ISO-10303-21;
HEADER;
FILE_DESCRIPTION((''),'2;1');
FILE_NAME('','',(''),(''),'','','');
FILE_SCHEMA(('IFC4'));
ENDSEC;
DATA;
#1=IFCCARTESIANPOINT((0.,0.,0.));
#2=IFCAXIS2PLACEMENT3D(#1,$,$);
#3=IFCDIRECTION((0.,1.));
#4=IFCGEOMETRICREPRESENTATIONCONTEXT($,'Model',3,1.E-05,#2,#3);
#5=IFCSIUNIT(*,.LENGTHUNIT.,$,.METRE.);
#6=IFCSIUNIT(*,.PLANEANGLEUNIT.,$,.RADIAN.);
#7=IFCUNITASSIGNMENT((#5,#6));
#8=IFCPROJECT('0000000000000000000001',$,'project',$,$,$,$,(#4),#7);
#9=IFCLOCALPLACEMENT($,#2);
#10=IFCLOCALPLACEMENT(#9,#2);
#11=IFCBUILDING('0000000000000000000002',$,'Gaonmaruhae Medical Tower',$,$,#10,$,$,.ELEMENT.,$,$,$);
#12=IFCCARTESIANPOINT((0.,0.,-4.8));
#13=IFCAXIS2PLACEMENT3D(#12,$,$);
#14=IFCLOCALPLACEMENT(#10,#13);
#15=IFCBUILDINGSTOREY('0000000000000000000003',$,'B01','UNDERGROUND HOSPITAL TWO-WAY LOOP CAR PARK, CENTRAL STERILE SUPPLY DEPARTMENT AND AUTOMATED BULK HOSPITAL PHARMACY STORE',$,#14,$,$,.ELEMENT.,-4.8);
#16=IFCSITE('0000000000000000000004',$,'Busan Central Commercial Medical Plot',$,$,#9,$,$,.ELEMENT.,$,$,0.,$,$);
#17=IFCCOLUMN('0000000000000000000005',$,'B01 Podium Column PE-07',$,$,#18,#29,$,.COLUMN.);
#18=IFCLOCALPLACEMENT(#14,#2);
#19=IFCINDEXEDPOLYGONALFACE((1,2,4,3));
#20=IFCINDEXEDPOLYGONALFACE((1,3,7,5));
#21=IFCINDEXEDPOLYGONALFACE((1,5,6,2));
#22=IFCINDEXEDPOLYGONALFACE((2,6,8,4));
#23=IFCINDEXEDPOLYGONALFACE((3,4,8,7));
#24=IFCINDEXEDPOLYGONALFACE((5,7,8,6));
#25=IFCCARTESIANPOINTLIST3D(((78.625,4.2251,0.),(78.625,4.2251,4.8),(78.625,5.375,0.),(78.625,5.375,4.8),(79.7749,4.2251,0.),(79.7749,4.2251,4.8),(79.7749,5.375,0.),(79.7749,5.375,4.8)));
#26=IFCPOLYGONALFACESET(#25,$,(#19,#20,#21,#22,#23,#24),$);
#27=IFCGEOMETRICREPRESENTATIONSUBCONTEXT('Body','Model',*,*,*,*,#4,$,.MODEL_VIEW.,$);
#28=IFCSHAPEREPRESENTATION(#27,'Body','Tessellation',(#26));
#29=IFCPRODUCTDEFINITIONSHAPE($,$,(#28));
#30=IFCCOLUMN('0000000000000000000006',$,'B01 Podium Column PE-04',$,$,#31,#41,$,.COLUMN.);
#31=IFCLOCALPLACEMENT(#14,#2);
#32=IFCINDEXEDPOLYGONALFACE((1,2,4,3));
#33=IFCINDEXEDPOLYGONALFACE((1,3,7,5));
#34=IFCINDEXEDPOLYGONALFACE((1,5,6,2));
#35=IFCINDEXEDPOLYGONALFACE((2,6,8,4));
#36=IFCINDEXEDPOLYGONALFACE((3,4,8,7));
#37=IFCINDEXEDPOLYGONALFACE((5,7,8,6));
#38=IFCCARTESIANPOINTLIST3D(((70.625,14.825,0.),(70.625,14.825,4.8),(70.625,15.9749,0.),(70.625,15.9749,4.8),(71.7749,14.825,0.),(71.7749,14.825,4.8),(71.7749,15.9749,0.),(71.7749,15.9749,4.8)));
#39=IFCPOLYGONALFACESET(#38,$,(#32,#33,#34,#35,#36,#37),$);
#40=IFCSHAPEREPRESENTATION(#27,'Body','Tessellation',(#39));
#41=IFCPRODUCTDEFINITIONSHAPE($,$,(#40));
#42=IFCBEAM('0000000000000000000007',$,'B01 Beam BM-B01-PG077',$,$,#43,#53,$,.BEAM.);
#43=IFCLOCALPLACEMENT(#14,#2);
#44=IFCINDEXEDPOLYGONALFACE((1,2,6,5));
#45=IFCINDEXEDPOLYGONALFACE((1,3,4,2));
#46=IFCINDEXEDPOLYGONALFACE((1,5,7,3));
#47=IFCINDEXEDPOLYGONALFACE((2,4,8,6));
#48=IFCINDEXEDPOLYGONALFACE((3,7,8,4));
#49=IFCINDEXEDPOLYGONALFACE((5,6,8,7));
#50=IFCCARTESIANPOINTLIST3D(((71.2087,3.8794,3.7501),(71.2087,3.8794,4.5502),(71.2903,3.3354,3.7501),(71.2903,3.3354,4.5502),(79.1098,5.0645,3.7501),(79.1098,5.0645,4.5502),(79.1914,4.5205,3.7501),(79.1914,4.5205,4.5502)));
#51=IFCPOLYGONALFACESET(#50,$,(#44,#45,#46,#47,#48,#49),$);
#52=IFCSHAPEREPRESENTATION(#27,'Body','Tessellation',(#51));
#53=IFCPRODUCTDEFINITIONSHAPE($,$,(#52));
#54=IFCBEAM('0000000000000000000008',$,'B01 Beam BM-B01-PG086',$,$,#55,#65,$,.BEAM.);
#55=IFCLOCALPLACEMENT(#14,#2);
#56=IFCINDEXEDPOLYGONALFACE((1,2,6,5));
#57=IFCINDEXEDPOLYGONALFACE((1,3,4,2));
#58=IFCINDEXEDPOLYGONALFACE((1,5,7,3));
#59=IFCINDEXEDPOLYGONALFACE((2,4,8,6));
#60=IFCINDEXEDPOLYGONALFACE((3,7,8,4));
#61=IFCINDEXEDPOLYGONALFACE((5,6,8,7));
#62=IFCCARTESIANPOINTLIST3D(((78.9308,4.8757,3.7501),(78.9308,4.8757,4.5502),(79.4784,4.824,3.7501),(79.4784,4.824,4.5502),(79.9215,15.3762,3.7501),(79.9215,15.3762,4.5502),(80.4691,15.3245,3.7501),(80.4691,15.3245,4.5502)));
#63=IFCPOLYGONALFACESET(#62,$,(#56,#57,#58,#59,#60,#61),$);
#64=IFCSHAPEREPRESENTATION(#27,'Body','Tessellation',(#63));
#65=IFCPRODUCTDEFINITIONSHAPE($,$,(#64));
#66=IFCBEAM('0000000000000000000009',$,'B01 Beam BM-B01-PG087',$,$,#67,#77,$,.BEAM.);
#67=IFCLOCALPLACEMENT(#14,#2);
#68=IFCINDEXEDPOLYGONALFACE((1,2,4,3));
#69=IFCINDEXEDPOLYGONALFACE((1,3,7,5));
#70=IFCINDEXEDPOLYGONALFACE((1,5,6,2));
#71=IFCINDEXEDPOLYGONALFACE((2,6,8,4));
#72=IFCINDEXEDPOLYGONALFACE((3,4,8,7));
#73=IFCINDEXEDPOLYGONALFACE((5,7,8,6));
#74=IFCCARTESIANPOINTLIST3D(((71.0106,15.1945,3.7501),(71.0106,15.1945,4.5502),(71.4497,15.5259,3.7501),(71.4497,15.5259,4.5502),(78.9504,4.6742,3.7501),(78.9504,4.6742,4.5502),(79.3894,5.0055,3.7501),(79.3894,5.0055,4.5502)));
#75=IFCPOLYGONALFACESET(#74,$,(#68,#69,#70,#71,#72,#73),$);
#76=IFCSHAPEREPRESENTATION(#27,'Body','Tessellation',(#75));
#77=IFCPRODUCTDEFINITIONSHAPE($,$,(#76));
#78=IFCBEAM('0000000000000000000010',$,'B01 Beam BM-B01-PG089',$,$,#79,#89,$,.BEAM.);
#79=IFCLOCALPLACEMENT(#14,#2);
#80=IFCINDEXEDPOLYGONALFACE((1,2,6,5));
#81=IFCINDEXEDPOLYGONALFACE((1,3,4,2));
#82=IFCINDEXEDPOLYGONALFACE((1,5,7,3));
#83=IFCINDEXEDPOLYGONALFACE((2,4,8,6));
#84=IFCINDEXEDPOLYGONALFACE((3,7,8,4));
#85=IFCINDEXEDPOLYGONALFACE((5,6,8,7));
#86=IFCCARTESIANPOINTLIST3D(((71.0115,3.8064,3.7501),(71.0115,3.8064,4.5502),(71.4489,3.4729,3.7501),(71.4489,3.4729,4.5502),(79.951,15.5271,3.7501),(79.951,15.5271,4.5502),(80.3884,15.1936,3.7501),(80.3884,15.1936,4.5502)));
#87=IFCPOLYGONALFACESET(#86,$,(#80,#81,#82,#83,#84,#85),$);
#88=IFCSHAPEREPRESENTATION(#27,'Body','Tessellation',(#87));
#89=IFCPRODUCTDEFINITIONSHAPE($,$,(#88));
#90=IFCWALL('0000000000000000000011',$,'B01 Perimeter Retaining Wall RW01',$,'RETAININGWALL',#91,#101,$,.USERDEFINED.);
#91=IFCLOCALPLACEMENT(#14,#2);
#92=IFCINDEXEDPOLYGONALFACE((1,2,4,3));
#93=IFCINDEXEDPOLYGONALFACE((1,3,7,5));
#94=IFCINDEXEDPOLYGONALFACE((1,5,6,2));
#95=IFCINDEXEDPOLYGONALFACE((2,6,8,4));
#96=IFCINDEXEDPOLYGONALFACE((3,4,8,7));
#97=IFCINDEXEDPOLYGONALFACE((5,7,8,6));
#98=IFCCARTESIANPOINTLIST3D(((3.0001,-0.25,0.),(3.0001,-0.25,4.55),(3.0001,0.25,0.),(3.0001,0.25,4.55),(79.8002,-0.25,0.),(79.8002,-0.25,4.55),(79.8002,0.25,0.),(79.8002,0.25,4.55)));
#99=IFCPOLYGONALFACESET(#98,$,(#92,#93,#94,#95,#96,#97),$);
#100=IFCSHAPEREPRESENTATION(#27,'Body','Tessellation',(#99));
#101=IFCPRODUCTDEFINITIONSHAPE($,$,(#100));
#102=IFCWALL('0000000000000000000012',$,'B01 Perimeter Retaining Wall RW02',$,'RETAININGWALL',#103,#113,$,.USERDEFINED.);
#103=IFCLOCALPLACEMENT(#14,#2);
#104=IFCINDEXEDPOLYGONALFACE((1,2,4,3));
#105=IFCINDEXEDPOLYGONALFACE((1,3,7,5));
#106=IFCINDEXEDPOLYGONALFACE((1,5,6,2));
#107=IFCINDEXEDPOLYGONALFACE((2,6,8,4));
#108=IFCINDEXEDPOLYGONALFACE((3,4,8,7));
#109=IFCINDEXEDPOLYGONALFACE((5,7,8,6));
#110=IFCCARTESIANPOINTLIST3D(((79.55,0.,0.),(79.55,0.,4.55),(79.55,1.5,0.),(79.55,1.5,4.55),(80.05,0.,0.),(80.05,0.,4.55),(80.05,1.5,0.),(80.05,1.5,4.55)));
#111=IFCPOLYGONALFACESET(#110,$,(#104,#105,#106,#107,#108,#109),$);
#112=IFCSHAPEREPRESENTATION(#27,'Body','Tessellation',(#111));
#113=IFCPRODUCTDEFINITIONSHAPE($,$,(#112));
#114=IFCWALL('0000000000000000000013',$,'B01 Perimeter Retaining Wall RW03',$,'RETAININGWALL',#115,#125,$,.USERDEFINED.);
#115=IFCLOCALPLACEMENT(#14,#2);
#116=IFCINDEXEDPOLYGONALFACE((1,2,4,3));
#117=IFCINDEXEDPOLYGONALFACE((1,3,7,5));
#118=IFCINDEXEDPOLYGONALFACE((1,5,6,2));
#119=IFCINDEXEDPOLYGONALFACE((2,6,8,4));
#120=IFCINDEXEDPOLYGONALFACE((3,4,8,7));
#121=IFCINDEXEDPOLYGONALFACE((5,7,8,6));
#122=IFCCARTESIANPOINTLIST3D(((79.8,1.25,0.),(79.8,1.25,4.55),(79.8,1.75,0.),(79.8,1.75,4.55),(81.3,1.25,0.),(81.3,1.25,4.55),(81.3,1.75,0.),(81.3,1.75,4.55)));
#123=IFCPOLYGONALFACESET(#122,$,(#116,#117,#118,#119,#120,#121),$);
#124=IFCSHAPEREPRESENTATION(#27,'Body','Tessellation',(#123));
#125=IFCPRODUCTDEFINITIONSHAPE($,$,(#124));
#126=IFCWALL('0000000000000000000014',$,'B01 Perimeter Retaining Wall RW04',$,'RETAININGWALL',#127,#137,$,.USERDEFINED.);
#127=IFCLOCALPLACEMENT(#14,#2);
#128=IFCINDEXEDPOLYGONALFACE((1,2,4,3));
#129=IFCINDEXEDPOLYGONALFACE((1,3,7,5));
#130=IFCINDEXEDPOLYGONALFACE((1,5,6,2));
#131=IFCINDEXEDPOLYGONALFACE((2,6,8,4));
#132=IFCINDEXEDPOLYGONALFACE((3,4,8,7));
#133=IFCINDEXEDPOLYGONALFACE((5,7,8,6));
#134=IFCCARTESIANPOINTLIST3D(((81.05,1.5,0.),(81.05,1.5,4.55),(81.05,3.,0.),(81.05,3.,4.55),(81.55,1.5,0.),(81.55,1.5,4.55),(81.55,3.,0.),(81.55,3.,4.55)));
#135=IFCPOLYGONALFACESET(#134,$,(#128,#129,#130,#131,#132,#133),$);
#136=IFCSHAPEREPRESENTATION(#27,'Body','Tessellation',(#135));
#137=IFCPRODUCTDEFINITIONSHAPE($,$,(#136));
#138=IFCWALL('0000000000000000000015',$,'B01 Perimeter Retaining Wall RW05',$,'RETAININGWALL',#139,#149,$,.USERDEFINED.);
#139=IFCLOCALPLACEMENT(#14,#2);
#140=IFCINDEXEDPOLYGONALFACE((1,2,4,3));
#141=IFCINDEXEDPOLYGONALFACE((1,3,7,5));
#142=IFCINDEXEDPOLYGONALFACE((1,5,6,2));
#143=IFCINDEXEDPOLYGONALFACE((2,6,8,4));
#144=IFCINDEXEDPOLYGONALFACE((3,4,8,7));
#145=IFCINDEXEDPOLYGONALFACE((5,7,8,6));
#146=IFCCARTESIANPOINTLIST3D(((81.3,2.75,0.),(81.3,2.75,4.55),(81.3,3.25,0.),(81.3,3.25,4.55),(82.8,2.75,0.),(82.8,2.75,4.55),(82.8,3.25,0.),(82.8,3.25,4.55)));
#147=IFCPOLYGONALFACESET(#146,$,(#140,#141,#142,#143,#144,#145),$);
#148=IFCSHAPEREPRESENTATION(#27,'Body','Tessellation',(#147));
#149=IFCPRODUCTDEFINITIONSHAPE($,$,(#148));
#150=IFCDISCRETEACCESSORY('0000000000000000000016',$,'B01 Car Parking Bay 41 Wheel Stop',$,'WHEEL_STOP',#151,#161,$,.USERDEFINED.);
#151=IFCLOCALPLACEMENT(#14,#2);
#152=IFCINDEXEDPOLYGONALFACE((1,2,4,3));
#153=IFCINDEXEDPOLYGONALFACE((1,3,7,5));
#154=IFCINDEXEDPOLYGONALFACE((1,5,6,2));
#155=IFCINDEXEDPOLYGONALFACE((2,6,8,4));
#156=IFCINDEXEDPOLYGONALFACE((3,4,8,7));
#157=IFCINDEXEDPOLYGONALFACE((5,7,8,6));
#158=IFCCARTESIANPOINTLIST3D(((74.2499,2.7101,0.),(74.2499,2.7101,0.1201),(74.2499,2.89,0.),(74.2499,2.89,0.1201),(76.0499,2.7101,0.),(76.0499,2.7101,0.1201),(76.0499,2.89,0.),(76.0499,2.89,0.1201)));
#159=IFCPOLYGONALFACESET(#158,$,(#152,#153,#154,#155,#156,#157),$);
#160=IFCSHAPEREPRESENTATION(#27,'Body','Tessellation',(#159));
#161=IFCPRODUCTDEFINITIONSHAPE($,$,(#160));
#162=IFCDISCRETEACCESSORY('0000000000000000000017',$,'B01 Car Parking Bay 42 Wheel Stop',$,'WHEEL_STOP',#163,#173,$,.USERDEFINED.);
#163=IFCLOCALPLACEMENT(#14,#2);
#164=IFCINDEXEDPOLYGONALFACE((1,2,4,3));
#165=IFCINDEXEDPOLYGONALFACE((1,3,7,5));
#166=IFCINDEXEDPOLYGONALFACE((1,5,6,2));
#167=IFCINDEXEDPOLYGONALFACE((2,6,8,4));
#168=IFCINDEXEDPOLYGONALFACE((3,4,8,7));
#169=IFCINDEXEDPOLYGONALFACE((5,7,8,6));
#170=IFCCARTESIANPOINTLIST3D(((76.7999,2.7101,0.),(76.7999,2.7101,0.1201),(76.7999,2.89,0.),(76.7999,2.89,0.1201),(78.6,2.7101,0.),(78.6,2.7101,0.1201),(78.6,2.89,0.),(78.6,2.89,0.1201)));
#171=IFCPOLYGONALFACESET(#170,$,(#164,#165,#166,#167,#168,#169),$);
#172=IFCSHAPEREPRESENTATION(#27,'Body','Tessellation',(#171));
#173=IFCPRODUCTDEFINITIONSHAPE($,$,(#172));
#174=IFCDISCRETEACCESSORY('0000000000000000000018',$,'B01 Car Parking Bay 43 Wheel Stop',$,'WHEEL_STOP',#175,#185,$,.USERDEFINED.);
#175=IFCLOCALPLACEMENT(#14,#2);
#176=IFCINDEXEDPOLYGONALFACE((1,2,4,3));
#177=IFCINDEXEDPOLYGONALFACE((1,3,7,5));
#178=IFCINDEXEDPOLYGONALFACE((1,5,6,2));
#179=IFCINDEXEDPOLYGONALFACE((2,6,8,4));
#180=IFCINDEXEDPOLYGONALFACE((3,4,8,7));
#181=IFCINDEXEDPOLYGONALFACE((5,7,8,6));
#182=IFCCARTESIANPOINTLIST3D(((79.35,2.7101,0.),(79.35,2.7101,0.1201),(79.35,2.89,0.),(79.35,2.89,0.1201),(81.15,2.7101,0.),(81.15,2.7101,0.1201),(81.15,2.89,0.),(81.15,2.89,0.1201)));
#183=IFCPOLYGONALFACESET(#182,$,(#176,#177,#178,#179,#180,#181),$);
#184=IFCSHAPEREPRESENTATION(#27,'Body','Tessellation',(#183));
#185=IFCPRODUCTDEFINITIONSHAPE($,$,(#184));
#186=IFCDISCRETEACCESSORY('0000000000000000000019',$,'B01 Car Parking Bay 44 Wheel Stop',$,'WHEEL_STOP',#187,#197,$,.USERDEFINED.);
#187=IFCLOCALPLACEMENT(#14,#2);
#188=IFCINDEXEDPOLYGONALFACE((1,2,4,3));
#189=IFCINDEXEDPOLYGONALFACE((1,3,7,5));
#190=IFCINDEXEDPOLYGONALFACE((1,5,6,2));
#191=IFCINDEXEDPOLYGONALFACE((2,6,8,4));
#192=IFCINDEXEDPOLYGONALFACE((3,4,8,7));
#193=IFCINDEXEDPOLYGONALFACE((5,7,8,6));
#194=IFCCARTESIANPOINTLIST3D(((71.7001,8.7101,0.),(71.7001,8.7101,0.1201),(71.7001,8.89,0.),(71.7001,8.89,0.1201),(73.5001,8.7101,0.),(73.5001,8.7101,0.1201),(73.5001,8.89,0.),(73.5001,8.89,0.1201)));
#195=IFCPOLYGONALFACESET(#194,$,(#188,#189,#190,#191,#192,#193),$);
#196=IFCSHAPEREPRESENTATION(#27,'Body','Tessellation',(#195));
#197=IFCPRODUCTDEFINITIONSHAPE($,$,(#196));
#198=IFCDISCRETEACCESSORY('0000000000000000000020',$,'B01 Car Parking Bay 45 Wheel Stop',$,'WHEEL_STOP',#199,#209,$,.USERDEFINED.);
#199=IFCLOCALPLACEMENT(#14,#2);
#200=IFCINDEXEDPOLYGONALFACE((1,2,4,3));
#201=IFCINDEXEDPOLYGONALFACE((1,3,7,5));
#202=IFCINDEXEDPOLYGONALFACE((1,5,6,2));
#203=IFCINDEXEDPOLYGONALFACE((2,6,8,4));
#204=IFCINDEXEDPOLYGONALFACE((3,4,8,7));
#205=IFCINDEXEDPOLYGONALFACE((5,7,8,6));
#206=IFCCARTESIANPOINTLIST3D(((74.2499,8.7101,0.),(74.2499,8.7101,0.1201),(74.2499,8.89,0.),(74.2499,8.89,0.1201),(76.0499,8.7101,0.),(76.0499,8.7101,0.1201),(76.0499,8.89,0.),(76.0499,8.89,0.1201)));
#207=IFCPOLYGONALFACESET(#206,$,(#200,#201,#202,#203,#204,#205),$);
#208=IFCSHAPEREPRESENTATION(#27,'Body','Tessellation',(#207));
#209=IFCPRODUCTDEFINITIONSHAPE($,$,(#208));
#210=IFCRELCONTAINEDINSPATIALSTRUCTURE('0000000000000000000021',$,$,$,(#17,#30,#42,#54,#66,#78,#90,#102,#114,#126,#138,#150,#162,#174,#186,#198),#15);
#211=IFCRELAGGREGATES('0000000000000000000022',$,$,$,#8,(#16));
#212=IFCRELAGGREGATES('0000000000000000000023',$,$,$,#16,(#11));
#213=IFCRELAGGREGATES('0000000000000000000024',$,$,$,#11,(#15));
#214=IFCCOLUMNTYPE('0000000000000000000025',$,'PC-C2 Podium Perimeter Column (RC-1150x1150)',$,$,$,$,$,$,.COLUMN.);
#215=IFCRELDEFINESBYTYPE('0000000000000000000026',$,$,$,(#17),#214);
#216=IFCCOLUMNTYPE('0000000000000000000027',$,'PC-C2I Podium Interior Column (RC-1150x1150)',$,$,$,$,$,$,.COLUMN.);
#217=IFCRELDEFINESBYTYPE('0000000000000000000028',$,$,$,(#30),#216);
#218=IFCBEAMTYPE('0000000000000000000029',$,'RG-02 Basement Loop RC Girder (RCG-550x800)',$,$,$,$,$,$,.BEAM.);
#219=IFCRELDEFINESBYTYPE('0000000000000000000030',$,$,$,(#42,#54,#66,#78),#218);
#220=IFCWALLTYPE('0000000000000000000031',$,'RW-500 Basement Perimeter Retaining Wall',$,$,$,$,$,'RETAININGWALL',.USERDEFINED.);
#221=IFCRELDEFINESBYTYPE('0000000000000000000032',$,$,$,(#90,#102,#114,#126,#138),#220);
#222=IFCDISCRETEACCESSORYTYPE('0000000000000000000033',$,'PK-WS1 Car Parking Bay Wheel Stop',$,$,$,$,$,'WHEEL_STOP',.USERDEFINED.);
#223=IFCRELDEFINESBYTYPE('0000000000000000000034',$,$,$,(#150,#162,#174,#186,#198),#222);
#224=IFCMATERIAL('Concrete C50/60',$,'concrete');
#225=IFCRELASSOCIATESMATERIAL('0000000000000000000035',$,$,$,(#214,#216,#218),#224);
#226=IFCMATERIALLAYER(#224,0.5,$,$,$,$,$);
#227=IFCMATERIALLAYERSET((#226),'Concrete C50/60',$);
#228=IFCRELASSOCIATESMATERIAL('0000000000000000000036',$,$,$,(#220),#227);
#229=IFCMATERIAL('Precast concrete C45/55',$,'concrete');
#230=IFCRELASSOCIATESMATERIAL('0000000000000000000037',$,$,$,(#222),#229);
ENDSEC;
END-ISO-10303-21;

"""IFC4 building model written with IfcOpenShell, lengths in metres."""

from ifc_helpers import new_model, si_unit, direction, frame, frame_2d, origin, origin_2d, place, context, subcontext, project, spatial, rectangle, extrude, material, layer, layer_set, material_profile, profile_set, type_object, element, save


model = new_model("IFC4")

# Units and contexts
model_context = context("Model", 3, precision=1e-05, world=origin(), true_north=direction((0.0, 1.0)))
body_context = subcontext(model_context, "Body", "Model", "MODEL_VIEW")
ifc_project = project(units=[si_unit("LENGTHUNIT", "METRE"), si_unit("PLANEANGLEUNIT", "RADIAN")], contexts=[model_context])

# Site, building, storey
site_placement = place(None, origin())
site = spatial("IfcSite", under=ifc_project, at=site_placement, Name="Busan Central Commercial Medical Plot", CompositionType="ELEMENT", RefElevation=0.0)
building_placement = place(site_placement, origin())
building = spatial("IfcBuilding", under=site, at=building_placement, Name="Gaonmaruhae Medical Tower", CompositionType="ELEMENT")
storey_placement = place(building_placement, frame((0.0, 0.0, -4.8)))
storey = spatial("IfcBuildingStorey", under=building, at=storey_placement, Name="B01", Description="UNDERGROUND HOSPITAL TWO-WAY LOOP CAR PARK, CENTRAL STERILE SUPPLY DEPARTMENT AND AUTOMATED BULK HOSPITAL PHARMACY STORE", CompositionType="ELEMENT", Elevation=-4.8)

# Columns
ifc_material_1 = material(Name="Concrete C50/60", Category="concrete")
ifc_material_profile_1 = material_profile(ifc_material_1, rectangle(XDim=1.1499, YDim=1.1499, at=origin_2d()), Name="RC-1150x1150")
ifc_profile_set_1 = profile_set([ifc_material_profile_1], Name="Concrete C50/60")
column_type_1 = type_object("IfcColumnType", Name="PC-C2 Podium Perimeter Column (RC-1150x1150)", PredefinedType="COLUMN", material=ifc_profile_set_1)
column_1_placement = place(storey_placement, frame((79.2, 4.8, 0.0), z_axis=(0.0, 0.0, 1.0), x_axis=(1.0, 0.0, 0.0)))
element("IfcColumn", 1, at=column_1_placement, inside=storey, type_object=column_type_1, Name="B01 Podium Column PE-07", PredefinedType="COLUMN", context=body_context, shape_type="SweptSolid", body=[
    extrude(rectangle(XDim=1.1499, YDim=1.1499, at=origin_2d()), origin(), (0.0, 0.0, 1.0), 4.8),
])
ifc_material_profile_2 = material_profile(ifc_material_1, rectangle(XDim=1.1499, YDim=1.1499, at=origin_2d()), Name="RC-1150x1150")
ifc_profile_set_2 = profile_set([ifc_material_profile_2], Name="Concrete C50/60")
column_type_2 = type_object("IfcColumnType", Name="PC-C2I Podium Interior Column (RC-1150x1150)", PredefinedType="COLUMN", material=ifc_profile_set_2)
column_2_placement = place(storey_placement, frame((71.2, 15.3999, 0.0), z_axis=(0.0, 0.0, 1.0), x_axis=(1.0, 0.0, 0.0)))
element("IfcColumn", 2, at=column_2_placement, inside=storey, type_object=column_type_2, Name="B01 Podium Column PE-04", PredefinedType="COLUMN", context=body_context, shape_type="SweptSolid", body=[
    extrude(rectangle(XDim=1.1499, YDim=1.1499, at=origin_2d()), origin(), (0.0, 0.0, 1.0), 4.8),
])

# Beams
ifc_material_profile_3 = material_profile(ifc_material_1, rectangle(XDim=0.55, YDim=0.8, at=origin_2d()), Name="RCG-550x800")
ifc_profile_set_3 = profile_set([ifc_material_profile_3], Name="Concrete C50/60")
beam_type = type_object("IfcBeamType", Name="RG-02 Basement Loop RC Girder (RCG-550x800)", PredefinedType="BEAM", material=ifc_profile_set_3)
beam_1_placement = place(storey_placement, frame((71.2495, 3.6074, 4.1501), z_axis=(0.988938, 0.148327, 0.0), x_axis=(-0.148327, 0.988938, 0.0)))
element("IfcBeam", 3, at=beam_1_placement, inside=storey, type_object=beam_type, Name="B01 Beam BM-B01-PG077", PredefinedType="BEAM", context=body_context, shape_type="SweptSolid", body=[
    extrude(rectangle(XDim=0.55, YDim=0.8, at=origin_2d()), origin(), (0.0, 0.0, 1.0), 7.9895),
])
beam_2_placement = place(storey_placement, frame((79.2046, 4.8499, 4.1501), z_axis=(0.093933, 0.995579, 0.0), x_axis=(-0.995579, 0.093933, 0.0)))
element("IfcBeam", 4, at=beam_2_placement, inside=storey, type_object=beam_type, Name="B01 Beam BM-B01-PG086", PredefinedType="BEAM", context=body_context, shape_type="SweptSolid", body=[
    extrude(rectangle(XDim=0.55, YDim=0.8, at=origin_2d()), origin(), (0.0, 0.0, 1.0), 10.5471),
])
beam_3_placement = place(storey_placement, frame((79.1699, 4.8398, 4.1501), z_axis=(-0.602401, 0.798194, 0.0), x_axis=(-0.798194, -0.602401, 0.0)))
element("IfcBeam", 5, at=beam_3_placement, inside=storey, type_object=beam_type, Name="B01 Beam BM-B01-PG087", PredefinedType="BEAM", context=body_context, shape_type="SweptSolid", body=[
    extrude(rectangle(XDim=0.55, YDim=0.8, at=origin_2d()), origin(), (0.0, 0.0, 1.0), 13.1802),
])
beam_4_placement = place(storey_placement, frame((80.1697, 15.3604, 4.1501), z_axis=(-0.606446, -0.795124, 0.0), x_axis=(0.795124, -0.606446, 0.0)))
element("IfcBeam", 6, at=beam_4_placement, inside=storey, type_object=beam_type, Name="B01 Beam BM-B01-PG089", PredefinedType="BEAM", context=body_context, shape_type="SweptSolid", body=[
    extrude(rectangle(XDim=0.55, YDim=0.8, at=origin_2d()), origin(), (0.0, 0.0, 1.0), 14.7407),
])

# Walls
ifc_layer = layer(ifc_material_1, 0.5)
ifc_layer_set = layer_set([ifc_layer], Name="Concrete C50/60")
wall_type = type_object("IfcWallType", Name="RW-500 Basement Perimeter Retaining Wall", ElementType="RETAININGWALL", PredefinedType="USERDEFINED", material=ifc_layer_set)
wall_placement = place(storey_placement, frame((79.8, 0.0, 0.0), z_axis=(0.0, 0.0, 1.0), x_axis=(-1.0, 0.0, 0.0)))
element("IfcWall", 7, at=wall_placement, inside=storey, type_object=wall_type, Name="B01 Perimeter Retaining Wall RW01", ObjectType="RETAININGWALL", PredefinedType="USERDEFINED", context=body_context, shape_type="SweptSolid", body=[
    extrude(rectangle(XDim=76.8, YDim=0.5, at=frame_2d((38.3999, 0.0))), origin(), (0.0, 0.0, 1.0), 4.55),
])
for number, where, z_axis, x_axis, name in (
    (8, (79.8, 1.5, 0.0), (0.0, 0.0, 1.0), (0.0, -1.0, 0.0), "B01 Perimeter Retaining Wall RW02"),
    (9, (81.3, 1.5, 0.0), (0.0, 0.0, 1.0), (-1.0, 0.0, 0.0), "B01 Perimeter Retaining Wall RW03"),
    (10, (81.3, 3.0, 0.0), (0.0, 0.0, 1.0), (0.0, -1.0, 0.0), "B01 Perimeter Retaining Wall RW04"),
    (11, (82.8, 3.0, 0.0), (0.0, 0.0, 1.0), (-1.0, 0.0, 0.0), "B01 Perimeter Retaining Wall RW05"),
):
    element("IfcWall", number, at=place(storey_placement, frame(where, z_axis=z_axis, x_axis=x_axis)), inside=storey, type_object=wall_type, Name=name, ObjectType="RETAININGWALL", PredefinedType="USERDEFINED", context=body_context, shape_type="SweptSolid", body=[
        extrude(rectangle(XDim=1.5, YDim=0.5, at=frame_2d((0.75, 0.0))), origin(), (0.0, 0.0, 1.0), 4.55),
    ])

# Discrete accessories
ifc_material_2 = material(Name="Precast concrete C45/55", Category="concrete")
discrete_accessory_type = type_object("IfcDiscreteAccessoryType", Name="PK-WS1 Car Parking Bay Wheel Stop", ElementType="WHEEL_STOP", PredefinedType="USERDEFINED", material=ifc_material_2)
for number, where, z_axis, x_axis, name in (
    (12, (75.1499, 2.8, 0.0), (0.0, 0.0, 1.0), (1.0, 0.0, 0.0), "B01 Car Parking Bay 41 Wheel Stop"),
    (13, (77.7, 2.8, 0.0), (0.0, 0.0, 1.0), (1.0, 0.0, 0.0), "B01 Car Parking Bay 42 Wheel Stop"),
    (14, (80.25, 2.8, 0.0), (0.0, 0.0, 1.0), (1.0, 0.0, 0.0), "B01 Car Parking Bay 43 Wheel Stop"),
    (15, (72.6001, 8.8, 0.0), (0.0, 0.0, 1.0), (1.0, 0.0, 0.0), "B01 Car Parking Bay 44 Wheel Stop"),
    (16, (75.1499, 8.8, 0.0), (0.0, 0.0, 1.0), (1.0, 0.0, 0.0), "B01 Car Parking Bay 45 Wheel Stop"),
):
    element("IfcDiscreteAccessory", number, at=place(storey_placement, frame(where, z_axis=z_axis, x_axis=x_axis)), inside=storey, type_object=discrete_accessory_type, Name=name, ObjectType="WHEEL_STOP", PredefinedType="USERDEFINED", context=body_context, shape_type="SweptSolid", body=[
        extrude(rectangle(XDim=1.8, YDim=0.1799, at=origin_2d()), origin(), (0.0, 0.0, 1.0), 0.1201),
    ])

save(model, "model.ifc")
